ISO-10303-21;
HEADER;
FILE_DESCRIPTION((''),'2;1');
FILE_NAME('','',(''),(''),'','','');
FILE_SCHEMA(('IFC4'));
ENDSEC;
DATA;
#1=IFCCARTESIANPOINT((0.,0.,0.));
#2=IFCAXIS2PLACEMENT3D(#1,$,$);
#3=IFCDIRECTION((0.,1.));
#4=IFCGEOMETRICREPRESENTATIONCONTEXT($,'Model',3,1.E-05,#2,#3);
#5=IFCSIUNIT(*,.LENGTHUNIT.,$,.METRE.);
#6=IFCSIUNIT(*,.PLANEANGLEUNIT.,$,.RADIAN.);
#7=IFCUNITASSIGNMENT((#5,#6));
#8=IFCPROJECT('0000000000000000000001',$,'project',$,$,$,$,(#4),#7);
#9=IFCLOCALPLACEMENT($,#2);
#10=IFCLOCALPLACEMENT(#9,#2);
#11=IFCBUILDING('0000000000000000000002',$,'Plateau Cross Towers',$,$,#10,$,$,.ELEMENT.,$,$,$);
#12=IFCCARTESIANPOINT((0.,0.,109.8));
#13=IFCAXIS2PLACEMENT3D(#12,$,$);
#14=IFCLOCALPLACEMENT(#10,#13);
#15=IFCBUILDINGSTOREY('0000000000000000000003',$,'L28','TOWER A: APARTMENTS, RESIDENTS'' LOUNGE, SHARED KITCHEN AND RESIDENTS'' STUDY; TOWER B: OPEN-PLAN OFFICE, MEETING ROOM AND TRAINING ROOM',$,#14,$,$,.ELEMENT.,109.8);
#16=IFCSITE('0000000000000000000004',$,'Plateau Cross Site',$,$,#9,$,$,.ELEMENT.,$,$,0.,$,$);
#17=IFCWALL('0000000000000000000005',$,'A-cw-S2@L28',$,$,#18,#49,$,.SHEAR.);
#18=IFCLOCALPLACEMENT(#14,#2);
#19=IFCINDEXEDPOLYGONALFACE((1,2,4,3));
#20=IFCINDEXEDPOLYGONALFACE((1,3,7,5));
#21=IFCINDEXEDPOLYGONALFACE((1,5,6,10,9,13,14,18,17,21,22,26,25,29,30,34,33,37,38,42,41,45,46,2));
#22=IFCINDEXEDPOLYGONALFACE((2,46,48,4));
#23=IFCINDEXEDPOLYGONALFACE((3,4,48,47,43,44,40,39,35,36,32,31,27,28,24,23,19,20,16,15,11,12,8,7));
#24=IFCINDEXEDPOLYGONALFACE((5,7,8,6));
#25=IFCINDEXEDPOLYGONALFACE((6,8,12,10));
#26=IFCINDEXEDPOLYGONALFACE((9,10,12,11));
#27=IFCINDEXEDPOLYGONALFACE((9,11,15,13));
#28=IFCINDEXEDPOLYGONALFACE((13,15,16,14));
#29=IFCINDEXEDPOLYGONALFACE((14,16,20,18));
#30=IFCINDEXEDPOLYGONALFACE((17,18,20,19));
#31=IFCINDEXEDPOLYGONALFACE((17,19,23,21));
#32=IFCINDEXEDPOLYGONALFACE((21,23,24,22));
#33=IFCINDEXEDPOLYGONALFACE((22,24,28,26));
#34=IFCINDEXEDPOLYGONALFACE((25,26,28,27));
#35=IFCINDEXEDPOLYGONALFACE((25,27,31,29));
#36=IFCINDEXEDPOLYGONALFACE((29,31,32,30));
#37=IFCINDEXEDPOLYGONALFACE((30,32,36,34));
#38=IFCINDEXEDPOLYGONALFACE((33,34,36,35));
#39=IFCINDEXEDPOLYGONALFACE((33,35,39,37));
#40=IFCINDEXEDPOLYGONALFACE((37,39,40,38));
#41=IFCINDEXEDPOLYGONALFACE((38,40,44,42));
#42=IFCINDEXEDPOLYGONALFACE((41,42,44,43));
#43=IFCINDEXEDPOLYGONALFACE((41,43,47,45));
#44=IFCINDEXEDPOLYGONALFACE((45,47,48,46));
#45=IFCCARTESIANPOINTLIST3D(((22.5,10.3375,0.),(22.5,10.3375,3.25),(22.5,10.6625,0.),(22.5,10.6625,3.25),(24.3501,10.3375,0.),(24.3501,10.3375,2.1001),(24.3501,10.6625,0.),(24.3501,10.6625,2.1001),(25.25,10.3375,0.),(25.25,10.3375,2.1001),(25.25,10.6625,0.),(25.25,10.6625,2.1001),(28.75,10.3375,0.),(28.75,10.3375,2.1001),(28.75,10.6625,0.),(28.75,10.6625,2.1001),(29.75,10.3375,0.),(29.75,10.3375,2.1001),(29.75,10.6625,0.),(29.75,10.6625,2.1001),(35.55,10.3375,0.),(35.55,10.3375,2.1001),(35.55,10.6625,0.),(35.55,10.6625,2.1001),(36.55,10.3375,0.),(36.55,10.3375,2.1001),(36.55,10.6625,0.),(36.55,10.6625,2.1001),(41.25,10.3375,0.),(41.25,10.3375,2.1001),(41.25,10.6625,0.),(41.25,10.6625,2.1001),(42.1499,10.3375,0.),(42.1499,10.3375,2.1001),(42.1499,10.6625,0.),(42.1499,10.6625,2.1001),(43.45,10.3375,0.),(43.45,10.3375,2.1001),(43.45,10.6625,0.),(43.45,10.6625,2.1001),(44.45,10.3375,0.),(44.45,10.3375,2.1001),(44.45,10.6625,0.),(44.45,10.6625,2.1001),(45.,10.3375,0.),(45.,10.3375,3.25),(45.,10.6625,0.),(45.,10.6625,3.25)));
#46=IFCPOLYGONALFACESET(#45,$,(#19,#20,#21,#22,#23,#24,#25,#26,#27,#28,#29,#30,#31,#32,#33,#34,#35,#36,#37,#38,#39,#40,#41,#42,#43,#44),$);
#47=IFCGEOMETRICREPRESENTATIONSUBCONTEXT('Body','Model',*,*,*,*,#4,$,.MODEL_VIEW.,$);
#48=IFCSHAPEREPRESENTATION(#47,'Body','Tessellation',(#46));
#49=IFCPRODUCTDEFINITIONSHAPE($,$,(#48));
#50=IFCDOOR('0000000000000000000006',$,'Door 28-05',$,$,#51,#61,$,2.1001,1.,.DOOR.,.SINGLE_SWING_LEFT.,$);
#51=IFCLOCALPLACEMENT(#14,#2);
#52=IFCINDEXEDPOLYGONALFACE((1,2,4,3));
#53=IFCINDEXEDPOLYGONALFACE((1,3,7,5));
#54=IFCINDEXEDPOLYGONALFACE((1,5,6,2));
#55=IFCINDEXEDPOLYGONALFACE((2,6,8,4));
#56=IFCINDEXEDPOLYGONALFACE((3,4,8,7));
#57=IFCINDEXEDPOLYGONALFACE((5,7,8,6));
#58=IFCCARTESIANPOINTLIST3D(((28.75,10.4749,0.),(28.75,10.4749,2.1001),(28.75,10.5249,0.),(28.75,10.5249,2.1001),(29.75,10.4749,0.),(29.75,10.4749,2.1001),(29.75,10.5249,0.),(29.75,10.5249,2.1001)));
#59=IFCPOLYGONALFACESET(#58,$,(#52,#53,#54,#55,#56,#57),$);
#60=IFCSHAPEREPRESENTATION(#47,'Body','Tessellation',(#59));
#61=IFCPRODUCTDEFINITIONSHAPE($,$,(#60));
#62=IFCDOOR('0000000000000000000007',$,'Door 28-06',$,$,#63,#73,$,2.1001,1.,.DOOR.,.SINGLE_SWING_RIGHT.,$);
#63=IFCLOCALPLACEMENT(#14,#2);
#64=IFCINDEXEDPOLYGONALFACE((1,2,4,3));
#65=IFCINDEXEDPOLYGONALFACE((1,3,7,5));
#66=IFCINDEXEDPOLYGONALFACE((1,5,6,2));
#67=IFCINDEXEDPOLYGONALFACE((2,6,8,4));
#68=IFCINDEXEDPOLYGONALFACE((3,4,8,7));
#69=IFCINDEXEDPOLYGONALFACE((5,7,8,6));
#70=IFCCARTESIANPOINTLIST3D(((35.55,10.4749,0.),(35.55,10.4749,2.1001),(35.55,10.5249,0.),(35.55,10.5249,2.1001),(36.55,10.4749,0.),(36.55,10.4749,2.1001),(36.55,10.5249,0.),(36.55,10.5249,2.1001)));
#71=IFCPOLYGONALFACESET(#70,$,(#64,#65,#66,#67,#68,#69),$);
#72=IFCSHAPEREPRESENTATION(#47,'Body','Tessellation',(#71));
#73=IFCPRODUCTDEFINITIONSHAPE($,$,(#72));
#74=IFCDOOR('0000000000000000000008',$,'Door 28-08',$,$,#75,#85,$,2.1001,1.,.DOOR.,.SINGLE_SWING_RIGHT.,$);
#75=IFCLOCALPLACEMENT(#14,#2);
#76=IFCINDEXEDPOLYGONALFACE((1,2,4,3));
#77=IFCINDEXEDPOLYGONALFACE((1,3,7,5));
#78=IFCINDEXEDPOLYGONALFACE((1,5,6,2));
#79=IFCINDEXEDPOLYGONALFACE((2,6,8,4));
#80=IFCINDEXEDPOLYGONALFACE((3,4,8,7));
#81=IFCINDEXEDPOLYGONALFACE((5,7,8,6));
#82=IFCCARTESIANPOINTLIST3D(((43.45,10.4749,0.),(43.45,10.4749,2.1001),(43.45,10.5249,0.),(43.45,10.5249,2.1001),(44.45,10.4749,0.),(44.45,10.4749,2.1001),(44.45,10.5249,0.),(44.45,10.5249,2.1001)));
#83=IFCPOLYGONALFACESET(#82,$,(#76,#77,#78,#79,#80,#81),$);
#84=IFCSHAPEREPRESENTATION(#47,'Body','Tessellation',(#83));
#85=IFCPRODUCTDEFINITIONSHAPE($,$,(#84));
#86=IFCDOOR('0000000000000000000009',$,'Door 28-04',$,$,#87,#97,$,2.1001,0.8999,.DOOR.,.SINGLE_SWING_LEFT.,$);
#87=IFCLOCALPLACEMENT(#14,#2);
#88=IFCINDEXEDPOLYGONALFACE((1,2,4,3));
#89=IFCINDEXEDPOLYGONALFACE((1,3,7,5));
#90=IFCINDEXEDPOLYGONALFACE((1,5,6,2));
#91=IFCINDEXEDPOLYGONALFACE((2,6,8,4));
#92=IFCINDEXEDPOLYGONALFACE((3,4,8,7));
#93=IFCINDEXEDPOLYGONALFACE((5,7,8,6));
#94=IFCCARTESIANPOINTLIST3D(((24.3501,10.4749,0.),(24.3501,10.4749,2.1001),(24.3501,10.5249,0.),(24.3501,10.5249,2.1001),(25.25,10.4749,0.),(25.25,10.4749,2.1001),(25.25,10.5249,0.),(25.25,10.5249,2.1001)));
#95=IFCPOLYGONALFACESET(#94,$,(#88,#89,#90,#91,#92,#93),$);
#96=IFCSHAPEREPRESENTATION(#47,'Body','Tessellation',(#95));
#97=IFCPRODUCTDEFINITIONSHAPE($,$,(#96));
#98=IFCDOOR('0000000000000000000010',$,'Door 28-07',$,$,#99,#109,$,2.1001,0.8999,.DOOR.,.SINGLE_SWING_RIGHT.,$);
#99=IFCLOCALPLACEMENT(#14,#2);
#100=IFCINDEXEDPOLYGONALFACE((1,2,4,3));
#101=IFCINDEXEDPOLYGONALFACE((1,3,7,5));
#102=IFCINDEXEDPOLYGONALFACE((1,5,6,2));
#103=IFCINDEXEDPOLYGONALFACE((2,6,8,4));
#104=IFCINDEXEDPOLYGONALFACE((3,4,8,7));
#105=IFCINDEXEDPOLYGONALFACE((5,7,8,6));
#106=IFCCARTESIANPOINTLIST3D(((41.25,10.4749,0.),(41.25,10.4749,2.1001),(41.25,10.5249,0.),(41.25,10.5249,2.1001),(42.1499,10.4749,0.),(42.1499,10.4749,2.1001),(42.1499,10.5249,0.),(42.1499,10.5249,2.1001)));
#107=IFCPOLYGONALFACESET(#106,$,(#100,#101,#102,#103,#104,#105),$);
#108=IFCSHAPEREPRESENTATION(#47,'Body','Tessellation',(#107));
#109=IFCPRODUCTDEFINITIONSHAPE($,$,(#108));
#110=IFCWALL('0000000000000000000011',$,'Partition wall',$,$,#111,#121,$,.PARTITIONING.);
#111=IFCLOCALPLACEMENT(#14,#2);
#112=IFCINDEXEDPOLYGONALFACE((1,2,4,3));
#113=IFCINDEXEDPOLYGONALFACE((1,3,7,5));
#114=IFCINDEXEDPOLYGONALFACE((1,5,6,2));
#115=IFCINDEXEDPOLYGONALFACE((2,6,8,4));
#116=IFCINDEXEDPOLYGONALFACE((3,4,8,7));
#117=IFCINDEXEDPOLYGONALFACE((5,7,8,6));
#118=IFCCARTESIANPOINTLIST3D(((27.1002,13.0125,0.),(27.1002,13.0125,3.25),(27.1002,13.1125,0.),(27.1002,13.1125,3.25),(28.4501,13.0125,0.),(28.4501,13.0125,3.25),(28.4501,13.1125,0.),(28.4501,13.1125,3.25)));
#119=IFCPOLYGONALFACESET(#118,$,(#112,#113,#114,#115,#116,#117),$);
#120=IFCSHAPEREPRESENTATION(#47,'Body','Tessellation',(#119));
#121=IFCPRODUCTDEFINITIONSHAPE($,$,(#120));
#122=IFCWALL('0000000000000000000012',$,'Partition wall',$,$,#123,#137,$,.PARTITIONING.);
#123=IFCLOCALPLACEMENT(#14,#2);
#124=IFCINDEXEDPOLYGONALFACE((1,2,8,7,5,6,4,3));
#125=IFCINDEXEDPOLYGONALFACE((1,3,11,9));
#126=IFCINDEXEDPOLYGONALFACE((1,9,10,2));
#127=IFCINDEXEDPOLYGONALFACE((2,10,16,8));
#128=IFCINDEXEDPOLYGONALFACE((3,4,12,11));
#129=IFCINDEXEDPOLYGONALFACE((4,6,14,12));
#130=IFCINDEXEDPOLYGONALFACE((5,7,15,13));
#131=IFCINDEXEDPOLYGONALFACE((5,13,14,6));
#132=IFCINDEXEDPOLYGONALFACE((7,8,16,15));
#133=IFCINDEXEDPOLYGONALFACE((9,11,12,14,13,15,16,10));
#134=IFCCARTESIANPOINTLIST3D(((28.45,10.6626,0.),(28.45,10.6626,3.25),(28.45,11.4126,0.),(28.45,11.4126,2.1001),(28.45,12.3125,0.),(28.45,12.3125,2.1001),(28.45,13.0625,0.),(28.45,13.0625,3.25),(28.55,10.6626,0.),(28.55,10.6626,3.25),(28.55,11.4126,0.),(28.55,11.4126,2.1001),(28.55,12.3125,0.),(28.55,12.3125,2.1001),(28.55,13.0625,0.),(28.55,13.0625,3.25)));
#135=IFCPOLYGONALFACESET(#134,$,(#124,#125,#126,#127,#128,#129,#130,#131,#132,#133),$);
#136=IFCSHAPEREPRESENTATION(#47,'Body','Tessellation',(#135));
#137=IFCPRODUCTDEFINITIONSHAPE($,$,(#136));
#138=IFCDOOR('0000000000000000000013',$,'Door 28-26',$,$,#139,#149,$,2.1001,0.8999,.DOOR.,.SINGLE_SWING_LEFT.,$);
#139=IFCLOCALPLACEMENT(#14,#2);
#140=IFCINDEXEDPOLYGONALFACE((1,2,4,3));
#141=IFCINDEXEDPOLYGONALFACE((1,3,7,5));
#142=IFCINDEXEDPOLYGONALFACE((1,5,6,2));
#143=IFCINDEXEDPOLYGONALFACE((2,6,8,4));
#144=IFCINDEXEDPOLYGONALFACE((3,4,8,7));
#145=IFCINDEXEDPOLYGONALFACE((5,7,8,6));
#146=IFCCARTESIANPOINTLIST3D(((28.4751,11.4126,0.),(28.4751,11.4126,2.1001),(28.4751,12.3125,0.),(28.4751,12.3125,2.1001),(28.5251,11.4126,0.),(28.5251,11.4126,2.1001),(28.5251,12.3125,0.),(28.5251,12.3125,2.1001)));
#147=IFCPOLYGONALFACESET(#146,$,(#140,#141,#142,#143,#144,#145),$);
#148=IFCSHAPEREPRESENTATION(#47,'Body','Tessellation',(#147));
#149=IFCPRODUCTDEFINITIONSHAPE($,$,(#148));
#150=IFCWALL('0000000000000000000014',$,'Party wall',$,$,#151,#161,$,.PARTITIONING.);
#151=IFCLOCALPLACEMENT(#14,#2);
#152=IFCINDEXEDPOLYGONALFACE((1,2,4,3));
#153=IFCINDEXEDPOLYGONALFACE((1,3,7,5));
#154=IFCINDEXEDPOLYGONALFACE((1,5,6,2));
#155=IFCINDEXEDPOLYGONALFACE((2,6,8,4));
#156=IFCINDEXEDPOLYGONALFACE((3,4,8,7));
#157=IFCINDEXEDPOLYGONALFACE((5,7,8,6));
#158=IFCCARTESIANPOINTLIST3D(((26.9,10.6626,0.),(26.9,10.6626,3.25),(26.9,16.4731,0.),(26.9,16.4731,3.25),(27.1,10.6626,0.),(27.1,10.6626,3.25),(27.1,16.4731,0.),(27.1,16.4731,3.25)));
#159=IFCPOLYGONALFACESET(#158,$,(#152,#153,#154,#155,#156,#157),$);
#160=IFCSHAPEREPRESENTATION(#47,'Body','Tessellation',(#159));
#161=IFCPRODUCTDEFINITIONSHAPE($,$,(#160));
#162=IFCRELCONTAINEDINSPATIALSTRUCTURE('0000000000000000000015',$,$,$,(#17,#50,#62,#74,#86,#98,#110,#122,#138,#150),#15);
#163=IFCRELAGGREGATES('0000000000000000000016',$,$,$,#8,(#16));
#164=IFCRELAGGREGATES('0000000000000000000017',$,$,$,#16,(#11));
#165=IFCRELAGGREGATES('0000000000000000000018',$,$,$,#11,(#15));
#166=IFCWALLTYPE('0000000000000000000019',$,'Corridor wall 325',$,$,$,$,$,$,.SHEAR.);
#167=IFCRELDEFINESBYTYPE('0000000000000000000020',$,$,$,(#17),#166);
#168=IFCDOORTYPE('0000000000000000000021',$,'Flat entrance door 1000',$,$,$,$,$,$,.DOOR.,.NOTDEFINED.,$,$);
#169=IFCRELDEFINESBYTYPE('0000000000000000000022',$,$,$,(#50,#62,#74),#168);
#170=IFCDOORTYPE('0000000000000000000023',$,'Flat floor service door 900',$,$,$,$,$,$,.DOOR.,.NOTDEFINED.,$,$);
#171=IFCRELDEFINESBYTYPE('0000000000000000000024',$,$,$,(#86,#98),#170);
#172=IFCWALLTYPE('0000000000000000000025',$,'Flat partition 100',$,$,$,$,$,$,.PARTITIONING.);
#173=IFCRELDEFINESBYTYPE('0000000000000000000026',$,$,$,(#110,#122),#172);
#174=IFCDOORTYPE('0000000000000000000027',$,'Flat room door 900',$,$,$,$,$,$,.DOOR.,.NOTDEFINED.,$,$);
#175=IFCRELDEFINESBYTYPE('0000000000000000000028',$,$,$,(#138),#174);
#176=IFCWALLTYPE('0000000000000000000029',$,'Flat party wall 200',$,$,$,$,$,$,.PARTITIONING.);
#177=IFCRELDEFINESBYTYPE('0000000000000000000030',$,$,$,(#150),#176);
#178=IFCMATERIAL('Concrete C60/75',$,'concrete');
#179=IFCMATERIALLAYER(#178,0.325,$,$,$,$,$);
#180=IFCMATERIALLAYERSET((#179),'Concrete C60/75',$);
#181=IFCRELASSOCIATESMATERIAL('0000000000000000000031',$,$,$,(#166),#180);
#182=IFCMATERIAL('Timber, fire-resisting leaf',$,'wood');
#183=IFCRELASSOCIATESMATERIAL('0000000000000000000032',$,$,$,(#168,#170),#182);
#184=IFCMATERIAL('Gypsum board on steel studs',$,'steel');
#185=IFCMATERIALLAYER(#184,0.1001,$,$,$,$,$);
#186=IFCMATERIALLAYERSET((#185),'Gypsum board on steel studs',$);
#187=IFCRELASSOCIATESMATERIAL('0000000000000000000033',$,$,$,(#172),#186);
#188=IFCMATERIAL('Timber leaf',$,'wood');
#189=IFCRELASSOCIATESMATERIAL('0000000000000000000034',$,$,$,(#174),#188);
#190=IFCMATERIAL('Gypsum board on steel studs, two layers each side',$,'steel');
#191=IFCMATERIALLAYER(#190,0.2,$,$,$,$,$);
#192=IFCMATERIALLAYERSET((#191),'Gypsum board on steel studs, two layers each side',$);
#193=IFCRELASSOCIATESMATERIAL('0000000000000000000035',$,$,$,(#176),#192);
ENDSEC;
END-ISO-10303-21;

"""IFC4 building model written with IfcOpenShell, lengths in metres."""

from ifc_helpers import new_model, si_unit, direction, frame, frame_2d, origin, place, context, subcontext, project, spatial, rectangle, extrude, material, layer, layer_set, type_object, element, fill, save


model = new_model("IFC4")

# Units and contexts
model_context = context("Model", 3, precision=1e-05, world=origin(), true_north=direction((0.0, 1.0)))
body_context = subcontext(model_context, "Body", "Model", "MODEL_VIEW")
ifc_project = project(units=[si_unit("LENGTHUNIT", "METRE"), si_unit("PLANEANGLEUNIT", "RADIAN")], contexts=[model_context])

# Site, building, storey
site_placement = place(None, origin())
site = spatial("IfcSite", under=ifc_project, at=site_placement, Name="Plateau Cross Site", CompositionType="ELEMENT", RefElevation=0.0)
building_placement = place(site_placement, origin())
building = spatial("IfcBuilding", under=site, at=building_placement, Name="Plateau Cross Towers", CompositionType="ELEMENT")
storey_placement = place(building_placement, frame((0.0, 0.0, 109.8)))
storey = spatial("IfcBuildingStorey", under=building, at=storey_placement, Name="L28", Description="TOWER A: APARTMENTS, RESIDENTS' LOUNGE, SHARED KITCHEN AND RESIDENTS' STUDY; TOWER B: OPEN-PLAN OFFICE, MEETING ROOM AND TRAINING ROOM", CompositionType="ELEMENT", Elevation=109.8)

# Shared definitions
ifc_material_1 = material(Name="Timber, fire-resisting leaf", Category="wood")

# Shared definitions
ifc_material_2 = material(Name="Concrete C60/75", Category="concrete")

# Wall, openings, doors
ifc_layer_1 = layer(ifc_material_2, 0.325)
ifc_layer_set_1 = layer_set([ifc_layer_1], Name="Concrete C60/75")
wall_type_1 = type_object("IfcWallType", Name="Corridor wall 325", PredefinedType="SHEAR", material=ifc_layer_set_1)
door_type_1 = type_object("IfcDoorType", Name="Flat entrance door 1000", OperationType="NOTDEFINED", PredefinedType="DOOR", material=ifc_material_1)
wall_1_placement = place(storey_placement, frame((22.5, 10.5, 0.0), z_axis=(0.0, 0.0, 1.0), x_axis=(1.0, 0.0, 0.0)))
wall_1 = element("IfcWall", 1, at=wall_1_placement, inside=storey, type_object=wall_type_1, Name="A-cw-S2@L28", PredefinedType="SHEAR", context=body_context, shape_type="SweptSolid", body=[
    extrude(rectangle(XDim=22.5, YDim=0.325, at=frame_2d((11.25, 0.0))), origin(), (0.0, 0.0, 1.0), 3.25),
])
opening_1_placement = place(wall_1_placement, frame((1.8501, 0.0, 0.0)))
opening_1 = element("IfcOpeningElement", 2, at=opening_1_placement, cuts=wall_1, PredefinedType="OPENING", context=body_context, shape_type="SweptSolid", body=[
    extrude(rectangle(XDim=0.8999, YDim=2.1001, at=frame_2d((0.45, 1.05))), frame((0.0, 0.1724, 0.0), z_axis=(0.0, -1.0, 0.0), x_axis=(1.0, 0.0, 0.0)), (0.0, 0.0, 1.0), 0.345),
])
opening_2_placement = place(wall_1_placement, frame((6.25, 0.0, 0.0)))
opening_2 = element("IfcOpeningElement", 3, at=opening_2_placement, cuts=wall_1, PredefinedType="OPENING", context=body_context, shape_type="SweptSolid", body=[
    extrude(rectangle(XDim=1.0, YDim=2.1001, at=frame_2d((0.5, 1.05))), frame((0.0, 0.1724, 0.0), z_axis=(0.0, -1.0, 0.0), x_axis=(1.0, 0.0, 0.0)), (0.0, 0.0, 1.0), 0.345),
])
opening_3_placement = place(wall_1_placement, frame((13.05, 0.0, 0.0)))
opening_3 = element("IfcOpeningElement", 4, at=opening_3_placement, cuts=wall_1, PredefinedType="OPENING", context=body_context, shape_type="SweptSolid", body=[
    extrude(rectangle(XDim=1.0, YDim=2.1001, at=frame_2d((0.5, 1.05))), frame((0.0, 0.1724, 0.0), z_axis=(0.0, -1.0, 0.0), x_axis=(1.0, 0.0, 0.0)), (0.0, 0.0, 1.0), 0.345),
])
opening_4_placement = place(wall_1_placement, frame((18.75, 0.0, 0.0)))
opening_4 = element("IfcOpeningElement", 5, at=opening_4_placement, cuts=wall_1, PredefinedType="OPENING", context=body_context, shape_type="SweptSolid", body=[
    extrude(rectangle(XDim=0.8999, YDim=2.1001, at=frame_2d((0.45, 1.05))), frame((0.0, 0.1724, 0.0), z_axis=(0.0, -1.0, 0.0), x_axis=(1.0, 0.0, 0.0)), (0.0, 0.0, 1.0), 0.345),
])
opening_5_placement = place(wall_1_placement, frame((20.95, 0.0, 0.0)))
opening_5 = element("IfcOpeningElement", 6, at=opening_5_placement, cuts=wall_1, PredefinedType="OPENING", context=body_context, shape_type="SweptSolid", body=[
    extrude(rectangle(XDim=1.0, YDim=2.1001, at=frame_2d((0.5, 1.05))), frame((0.0, 0.1724, 0.0), z_axis=(0.0, -1.0, 0.0), x_axis=(1.0, 0.0, 0.0)), (0.0, 0.0, 1.0), 0.345),
])
door_1_placement = place(opening_2_placement, origin())
door_1 = element("IfcDoor", 7, at=door_1_placement, inside=storey, type_object=door_type_1, Name="Door 28-05", OperationType="SINGLE_SWING_LEFT", OverallHeight=2.1001, OverallWidth=1.0, PredefinedType="DOOR", context=body_context, shape_type="SweptSolid", body=[
    extrude(rectangle(XDim=1.0, YDim=2.1001, at=frame_2d((0.5, 1.05))), frame((0.0, 0.0249, 0.0), z_axis=(0.0, -1.0, 0.0), x_axis=(1.0, 0.0, 0.0)), (0.0, 0.0, 1.0), 0.05),
])
fill(opening_2, door_1)
door_2_placement = place(opening_3_placement, origin())
door_2 = element("IfcDoor", 8, at=door_2_placement, inside=storey, type_object=door_type_1, Name="Door 28-06", OperationType="SINGLE_SWING_RIGHT", OverallHeight=2.1001, OverallWidth=1.0, PredefinedType="DOOR", context=body_context, shape_type="SweptSolid", body=[
    extrude(rectangle(XDim=1.0, YDim=2.1001, at=frame_2d((0.5, 1.05))), frame((0.0, 0.0249, 0.0), z_axis=(0.0, -1.0, 0.0), x_axis=(1.0, 0.0, 0.0)), (0.0, 0.0, 1.0), 0.05),
])
fill(opening_3, door_2)
door_3_placement = place(opening_5_placement, origin())
door_3 = element("IfcDoor", 9, at=door_3_placement, inside=storey, type_object=door_type_1, Name="Door 28-08", OperationType="SINGLE_SWING_RIGHT", OverallHeight=2.1001, OverallWidth=1.0, PredefinedType="DOOR", context=body_context, shape_type="SweptSolid", body=[
    extrude(rectangle(XDim=1.0, YDim=2.1001, at=frame_2d((0.5, 1.05))), frame((0.0, 0.0249, 0.0), z_axis=(0.0, -1.0, 0.0), x_axis=(1.0, 0.0, 0.0)), (0.0, 0.0, 1.0), 0.05),
])
fill(opening_5, door_3)
door_type_2 = type_object("IfcDoorType", Name="Flat floor service door 900", OperationType="NOTDEFINED", PredefinedType="DOOR", material=ifc_material_1)
door_4_placement = place(opening_1_placement, origin())
door_4 = element("IfcDoor", 10, at=door_4_placement, inside=storey, type_object=door_type_2, Name="Door 28-04", OperationType="SINGLE_SWING_LEFT", OverallHeight=2.1001, OverallWidth=0.8999, PredefinedType="DOOR", context=body_context, shape_type="SweptSolid", body=[
    extrude(rectangle(XDim=0.8999, YDim=2.1001, at=frame_2d((0.45, 1.05))), frame((0.0, 0.0249, 0.0), z_axis=(0.0, -1.0, 0.0), x_axis=(1.0, 0.0, 0.0)), (0.0, 0.0, 1.0), 0.05),
])
fill(opening_1, door_4)
door_5_placement = place(opening_4_placement, origin())
door_5 = element("IfcDoor", 11, at=door_5_placement, inside=storey, type_object=door_type_2, Name="Door 28-07", OperationType="SINGLE_SWING_RIGHT", OverallHeight=2.1001, OverallWidth=0.8999, PredefinedType="DOOR", context=body_context, shape_type="SweptSolid", body=[
    extrude(rectangle(XDim=0.8999, YDim=2.1001, at=frame_2d((0.45, 1.05))), frame((0.0, 0.0249, 0.0), z_axis=(0.0, -1.0, 0.0), x_axis=(1.0, 0.0, 0.0)), (0.0, 0.0, 1.0), 0.05),
])
fill(opening_4, door_5)

# Wall
ifc_material_3 = material(Name="Gypsum board on steel studs", Category="steel")
ifc_layer_2 = layer(ifc_material_3, 0.1001)
ifc_layer_set_2 = layer_set([ifc_layer_2], Name="Gypsum board on steel studs")
wall_type_2 = type_object("IfcWallType", Name="Flat partition 100", PredefinedType="PARTITIONING", material=ifc_layer_set_2)
wall_2_placement = place(storey_placement, frame((28.45, 13.0625, 0.0), z_axis=(0.0, 0.0, 1.0), x_axis=(-1.0, 0.0, 0.0)))
element("IfcWall", 12, at=wall_2_placement, inside=storey, type_object=wall_type_2, Name="Partition wall", PredefinedType="PARTITIONING", context=body_context, shape_type="SweptSolid", body=[
    extrude(rectangle(XDim=1.3499, YDim=0.1001, at=frame_2d((0.6748, 0.0))), origin(), (0.0, 0.0, 1.0), 3.25),
])

# Wall, opening, door
wall_3_placement = place(storey_placement, frame((28.5, 10.6626, 0.0), z_axis=(0.0, 0.0, 1.0), x_axis=(0.0, 1.0, 0.0)))
wall_3 = element("IfcWall", 13, at=wall_3_placement, inside=storey, type_object=wall_type_2, Name="Partition wall", PredefinedType="PARTITIONING", context=body_context, shape_type="SweptSolid", body=[
    extrude(rectangle(XDim=2.3999, YDim=0.1001, at=frame_2d((1.2, 0.0))), origin(), (0.0, 0.0, 1.0), 3.25),
])
opening_6_placement = place(wall_3_placement, frame((0.75, 0.0, 0.0)))
opening_6 = element("IfcOpeningElement", 14, at=opening_6_placement, cuts=wall_3, PredefinedType="OPENING", context=body_context, shape_type="SweptSolid", body=[
    extrude(rectangle(XDim=0.8999, YDim=2.1001, at=frame_2d((0.45, 1.05))), frame((0.0, 0.0601, 0.0), z_axis=(0.0, -1.0, 0.0), x_axis=(1.0, 0.0, 0.0)), (0.0, 0.0, 1.0), 0.1201),
])
ifc_material_4 = material(Name="Timber leaf", Category="wood")
door_type_3 = type_object("IfcDoorType", Name="Flat room door 900", OperationType="NOTDEFINED", PredefinedType="DOOR", material=ifc_material_4)
door_6_placement = place(opening_6_placement, origin())
door_6 = element("IfcDoor", 15, at=door_6_placement, inside=storey, type_object=door_type_3, Name="Door 28-26", OperationType="SINGLE_SWING_LEFT", OverallHeight=2.1001, OverallWidth=0.8999, PredefinedType="DOOR", context=body_context, shape_type="SweptSolid", body=[
    extrude(rectangle(XDim=0.8999, YDim=2.1001, at=frame_2d((0.45, 1.05))), frame((0.0, 0.0249, 0.0), z_axis=(0.0, -1.0, 0.0), x_axis=(1.0, 0.0, 0.0)), (0.0, 0.0, 1.0), 0.05),
])
fill(opening_6, door_6)

# Wall
ifc_material_5 = material(Name="Gypsum board on steel studs, two layers each side", Category="steel")
ifc_layer_3 = layer(ifc_material_5, 0.2)
ifc_layer_set_3 = layer_set([ifc_layer_3], Name="Gypsum board on steel studs, two layers each side")
wall_type_3 = type_object("IfcWallType", Name="Flat party wall 200", PredefinedType="PARTITIONING", material=ifc_layer_set_3)
wall_4_placement = place(storey_placement, frame((27.0, 10.6626, 0.0), z_axis=(0.0, 0.0, 1.0), x_axis=(0.0, 1.0, 0.0)))
element("IfcWall", 16, at=wall_4_placement, inside=storey, type_object=wall_type_3, Name="Party wall", PredefinedType="PARTITIONING", context=body_context, shape_type="SweptSolid", body=[
    extrude(rectangle(XDim=5.8105, YDim=0.2, at=frame_2d((2.9053, 0.0))), origin(), (0.0, 0.0, 1.0), 3.25),
])

save(model, "model.ifc")
